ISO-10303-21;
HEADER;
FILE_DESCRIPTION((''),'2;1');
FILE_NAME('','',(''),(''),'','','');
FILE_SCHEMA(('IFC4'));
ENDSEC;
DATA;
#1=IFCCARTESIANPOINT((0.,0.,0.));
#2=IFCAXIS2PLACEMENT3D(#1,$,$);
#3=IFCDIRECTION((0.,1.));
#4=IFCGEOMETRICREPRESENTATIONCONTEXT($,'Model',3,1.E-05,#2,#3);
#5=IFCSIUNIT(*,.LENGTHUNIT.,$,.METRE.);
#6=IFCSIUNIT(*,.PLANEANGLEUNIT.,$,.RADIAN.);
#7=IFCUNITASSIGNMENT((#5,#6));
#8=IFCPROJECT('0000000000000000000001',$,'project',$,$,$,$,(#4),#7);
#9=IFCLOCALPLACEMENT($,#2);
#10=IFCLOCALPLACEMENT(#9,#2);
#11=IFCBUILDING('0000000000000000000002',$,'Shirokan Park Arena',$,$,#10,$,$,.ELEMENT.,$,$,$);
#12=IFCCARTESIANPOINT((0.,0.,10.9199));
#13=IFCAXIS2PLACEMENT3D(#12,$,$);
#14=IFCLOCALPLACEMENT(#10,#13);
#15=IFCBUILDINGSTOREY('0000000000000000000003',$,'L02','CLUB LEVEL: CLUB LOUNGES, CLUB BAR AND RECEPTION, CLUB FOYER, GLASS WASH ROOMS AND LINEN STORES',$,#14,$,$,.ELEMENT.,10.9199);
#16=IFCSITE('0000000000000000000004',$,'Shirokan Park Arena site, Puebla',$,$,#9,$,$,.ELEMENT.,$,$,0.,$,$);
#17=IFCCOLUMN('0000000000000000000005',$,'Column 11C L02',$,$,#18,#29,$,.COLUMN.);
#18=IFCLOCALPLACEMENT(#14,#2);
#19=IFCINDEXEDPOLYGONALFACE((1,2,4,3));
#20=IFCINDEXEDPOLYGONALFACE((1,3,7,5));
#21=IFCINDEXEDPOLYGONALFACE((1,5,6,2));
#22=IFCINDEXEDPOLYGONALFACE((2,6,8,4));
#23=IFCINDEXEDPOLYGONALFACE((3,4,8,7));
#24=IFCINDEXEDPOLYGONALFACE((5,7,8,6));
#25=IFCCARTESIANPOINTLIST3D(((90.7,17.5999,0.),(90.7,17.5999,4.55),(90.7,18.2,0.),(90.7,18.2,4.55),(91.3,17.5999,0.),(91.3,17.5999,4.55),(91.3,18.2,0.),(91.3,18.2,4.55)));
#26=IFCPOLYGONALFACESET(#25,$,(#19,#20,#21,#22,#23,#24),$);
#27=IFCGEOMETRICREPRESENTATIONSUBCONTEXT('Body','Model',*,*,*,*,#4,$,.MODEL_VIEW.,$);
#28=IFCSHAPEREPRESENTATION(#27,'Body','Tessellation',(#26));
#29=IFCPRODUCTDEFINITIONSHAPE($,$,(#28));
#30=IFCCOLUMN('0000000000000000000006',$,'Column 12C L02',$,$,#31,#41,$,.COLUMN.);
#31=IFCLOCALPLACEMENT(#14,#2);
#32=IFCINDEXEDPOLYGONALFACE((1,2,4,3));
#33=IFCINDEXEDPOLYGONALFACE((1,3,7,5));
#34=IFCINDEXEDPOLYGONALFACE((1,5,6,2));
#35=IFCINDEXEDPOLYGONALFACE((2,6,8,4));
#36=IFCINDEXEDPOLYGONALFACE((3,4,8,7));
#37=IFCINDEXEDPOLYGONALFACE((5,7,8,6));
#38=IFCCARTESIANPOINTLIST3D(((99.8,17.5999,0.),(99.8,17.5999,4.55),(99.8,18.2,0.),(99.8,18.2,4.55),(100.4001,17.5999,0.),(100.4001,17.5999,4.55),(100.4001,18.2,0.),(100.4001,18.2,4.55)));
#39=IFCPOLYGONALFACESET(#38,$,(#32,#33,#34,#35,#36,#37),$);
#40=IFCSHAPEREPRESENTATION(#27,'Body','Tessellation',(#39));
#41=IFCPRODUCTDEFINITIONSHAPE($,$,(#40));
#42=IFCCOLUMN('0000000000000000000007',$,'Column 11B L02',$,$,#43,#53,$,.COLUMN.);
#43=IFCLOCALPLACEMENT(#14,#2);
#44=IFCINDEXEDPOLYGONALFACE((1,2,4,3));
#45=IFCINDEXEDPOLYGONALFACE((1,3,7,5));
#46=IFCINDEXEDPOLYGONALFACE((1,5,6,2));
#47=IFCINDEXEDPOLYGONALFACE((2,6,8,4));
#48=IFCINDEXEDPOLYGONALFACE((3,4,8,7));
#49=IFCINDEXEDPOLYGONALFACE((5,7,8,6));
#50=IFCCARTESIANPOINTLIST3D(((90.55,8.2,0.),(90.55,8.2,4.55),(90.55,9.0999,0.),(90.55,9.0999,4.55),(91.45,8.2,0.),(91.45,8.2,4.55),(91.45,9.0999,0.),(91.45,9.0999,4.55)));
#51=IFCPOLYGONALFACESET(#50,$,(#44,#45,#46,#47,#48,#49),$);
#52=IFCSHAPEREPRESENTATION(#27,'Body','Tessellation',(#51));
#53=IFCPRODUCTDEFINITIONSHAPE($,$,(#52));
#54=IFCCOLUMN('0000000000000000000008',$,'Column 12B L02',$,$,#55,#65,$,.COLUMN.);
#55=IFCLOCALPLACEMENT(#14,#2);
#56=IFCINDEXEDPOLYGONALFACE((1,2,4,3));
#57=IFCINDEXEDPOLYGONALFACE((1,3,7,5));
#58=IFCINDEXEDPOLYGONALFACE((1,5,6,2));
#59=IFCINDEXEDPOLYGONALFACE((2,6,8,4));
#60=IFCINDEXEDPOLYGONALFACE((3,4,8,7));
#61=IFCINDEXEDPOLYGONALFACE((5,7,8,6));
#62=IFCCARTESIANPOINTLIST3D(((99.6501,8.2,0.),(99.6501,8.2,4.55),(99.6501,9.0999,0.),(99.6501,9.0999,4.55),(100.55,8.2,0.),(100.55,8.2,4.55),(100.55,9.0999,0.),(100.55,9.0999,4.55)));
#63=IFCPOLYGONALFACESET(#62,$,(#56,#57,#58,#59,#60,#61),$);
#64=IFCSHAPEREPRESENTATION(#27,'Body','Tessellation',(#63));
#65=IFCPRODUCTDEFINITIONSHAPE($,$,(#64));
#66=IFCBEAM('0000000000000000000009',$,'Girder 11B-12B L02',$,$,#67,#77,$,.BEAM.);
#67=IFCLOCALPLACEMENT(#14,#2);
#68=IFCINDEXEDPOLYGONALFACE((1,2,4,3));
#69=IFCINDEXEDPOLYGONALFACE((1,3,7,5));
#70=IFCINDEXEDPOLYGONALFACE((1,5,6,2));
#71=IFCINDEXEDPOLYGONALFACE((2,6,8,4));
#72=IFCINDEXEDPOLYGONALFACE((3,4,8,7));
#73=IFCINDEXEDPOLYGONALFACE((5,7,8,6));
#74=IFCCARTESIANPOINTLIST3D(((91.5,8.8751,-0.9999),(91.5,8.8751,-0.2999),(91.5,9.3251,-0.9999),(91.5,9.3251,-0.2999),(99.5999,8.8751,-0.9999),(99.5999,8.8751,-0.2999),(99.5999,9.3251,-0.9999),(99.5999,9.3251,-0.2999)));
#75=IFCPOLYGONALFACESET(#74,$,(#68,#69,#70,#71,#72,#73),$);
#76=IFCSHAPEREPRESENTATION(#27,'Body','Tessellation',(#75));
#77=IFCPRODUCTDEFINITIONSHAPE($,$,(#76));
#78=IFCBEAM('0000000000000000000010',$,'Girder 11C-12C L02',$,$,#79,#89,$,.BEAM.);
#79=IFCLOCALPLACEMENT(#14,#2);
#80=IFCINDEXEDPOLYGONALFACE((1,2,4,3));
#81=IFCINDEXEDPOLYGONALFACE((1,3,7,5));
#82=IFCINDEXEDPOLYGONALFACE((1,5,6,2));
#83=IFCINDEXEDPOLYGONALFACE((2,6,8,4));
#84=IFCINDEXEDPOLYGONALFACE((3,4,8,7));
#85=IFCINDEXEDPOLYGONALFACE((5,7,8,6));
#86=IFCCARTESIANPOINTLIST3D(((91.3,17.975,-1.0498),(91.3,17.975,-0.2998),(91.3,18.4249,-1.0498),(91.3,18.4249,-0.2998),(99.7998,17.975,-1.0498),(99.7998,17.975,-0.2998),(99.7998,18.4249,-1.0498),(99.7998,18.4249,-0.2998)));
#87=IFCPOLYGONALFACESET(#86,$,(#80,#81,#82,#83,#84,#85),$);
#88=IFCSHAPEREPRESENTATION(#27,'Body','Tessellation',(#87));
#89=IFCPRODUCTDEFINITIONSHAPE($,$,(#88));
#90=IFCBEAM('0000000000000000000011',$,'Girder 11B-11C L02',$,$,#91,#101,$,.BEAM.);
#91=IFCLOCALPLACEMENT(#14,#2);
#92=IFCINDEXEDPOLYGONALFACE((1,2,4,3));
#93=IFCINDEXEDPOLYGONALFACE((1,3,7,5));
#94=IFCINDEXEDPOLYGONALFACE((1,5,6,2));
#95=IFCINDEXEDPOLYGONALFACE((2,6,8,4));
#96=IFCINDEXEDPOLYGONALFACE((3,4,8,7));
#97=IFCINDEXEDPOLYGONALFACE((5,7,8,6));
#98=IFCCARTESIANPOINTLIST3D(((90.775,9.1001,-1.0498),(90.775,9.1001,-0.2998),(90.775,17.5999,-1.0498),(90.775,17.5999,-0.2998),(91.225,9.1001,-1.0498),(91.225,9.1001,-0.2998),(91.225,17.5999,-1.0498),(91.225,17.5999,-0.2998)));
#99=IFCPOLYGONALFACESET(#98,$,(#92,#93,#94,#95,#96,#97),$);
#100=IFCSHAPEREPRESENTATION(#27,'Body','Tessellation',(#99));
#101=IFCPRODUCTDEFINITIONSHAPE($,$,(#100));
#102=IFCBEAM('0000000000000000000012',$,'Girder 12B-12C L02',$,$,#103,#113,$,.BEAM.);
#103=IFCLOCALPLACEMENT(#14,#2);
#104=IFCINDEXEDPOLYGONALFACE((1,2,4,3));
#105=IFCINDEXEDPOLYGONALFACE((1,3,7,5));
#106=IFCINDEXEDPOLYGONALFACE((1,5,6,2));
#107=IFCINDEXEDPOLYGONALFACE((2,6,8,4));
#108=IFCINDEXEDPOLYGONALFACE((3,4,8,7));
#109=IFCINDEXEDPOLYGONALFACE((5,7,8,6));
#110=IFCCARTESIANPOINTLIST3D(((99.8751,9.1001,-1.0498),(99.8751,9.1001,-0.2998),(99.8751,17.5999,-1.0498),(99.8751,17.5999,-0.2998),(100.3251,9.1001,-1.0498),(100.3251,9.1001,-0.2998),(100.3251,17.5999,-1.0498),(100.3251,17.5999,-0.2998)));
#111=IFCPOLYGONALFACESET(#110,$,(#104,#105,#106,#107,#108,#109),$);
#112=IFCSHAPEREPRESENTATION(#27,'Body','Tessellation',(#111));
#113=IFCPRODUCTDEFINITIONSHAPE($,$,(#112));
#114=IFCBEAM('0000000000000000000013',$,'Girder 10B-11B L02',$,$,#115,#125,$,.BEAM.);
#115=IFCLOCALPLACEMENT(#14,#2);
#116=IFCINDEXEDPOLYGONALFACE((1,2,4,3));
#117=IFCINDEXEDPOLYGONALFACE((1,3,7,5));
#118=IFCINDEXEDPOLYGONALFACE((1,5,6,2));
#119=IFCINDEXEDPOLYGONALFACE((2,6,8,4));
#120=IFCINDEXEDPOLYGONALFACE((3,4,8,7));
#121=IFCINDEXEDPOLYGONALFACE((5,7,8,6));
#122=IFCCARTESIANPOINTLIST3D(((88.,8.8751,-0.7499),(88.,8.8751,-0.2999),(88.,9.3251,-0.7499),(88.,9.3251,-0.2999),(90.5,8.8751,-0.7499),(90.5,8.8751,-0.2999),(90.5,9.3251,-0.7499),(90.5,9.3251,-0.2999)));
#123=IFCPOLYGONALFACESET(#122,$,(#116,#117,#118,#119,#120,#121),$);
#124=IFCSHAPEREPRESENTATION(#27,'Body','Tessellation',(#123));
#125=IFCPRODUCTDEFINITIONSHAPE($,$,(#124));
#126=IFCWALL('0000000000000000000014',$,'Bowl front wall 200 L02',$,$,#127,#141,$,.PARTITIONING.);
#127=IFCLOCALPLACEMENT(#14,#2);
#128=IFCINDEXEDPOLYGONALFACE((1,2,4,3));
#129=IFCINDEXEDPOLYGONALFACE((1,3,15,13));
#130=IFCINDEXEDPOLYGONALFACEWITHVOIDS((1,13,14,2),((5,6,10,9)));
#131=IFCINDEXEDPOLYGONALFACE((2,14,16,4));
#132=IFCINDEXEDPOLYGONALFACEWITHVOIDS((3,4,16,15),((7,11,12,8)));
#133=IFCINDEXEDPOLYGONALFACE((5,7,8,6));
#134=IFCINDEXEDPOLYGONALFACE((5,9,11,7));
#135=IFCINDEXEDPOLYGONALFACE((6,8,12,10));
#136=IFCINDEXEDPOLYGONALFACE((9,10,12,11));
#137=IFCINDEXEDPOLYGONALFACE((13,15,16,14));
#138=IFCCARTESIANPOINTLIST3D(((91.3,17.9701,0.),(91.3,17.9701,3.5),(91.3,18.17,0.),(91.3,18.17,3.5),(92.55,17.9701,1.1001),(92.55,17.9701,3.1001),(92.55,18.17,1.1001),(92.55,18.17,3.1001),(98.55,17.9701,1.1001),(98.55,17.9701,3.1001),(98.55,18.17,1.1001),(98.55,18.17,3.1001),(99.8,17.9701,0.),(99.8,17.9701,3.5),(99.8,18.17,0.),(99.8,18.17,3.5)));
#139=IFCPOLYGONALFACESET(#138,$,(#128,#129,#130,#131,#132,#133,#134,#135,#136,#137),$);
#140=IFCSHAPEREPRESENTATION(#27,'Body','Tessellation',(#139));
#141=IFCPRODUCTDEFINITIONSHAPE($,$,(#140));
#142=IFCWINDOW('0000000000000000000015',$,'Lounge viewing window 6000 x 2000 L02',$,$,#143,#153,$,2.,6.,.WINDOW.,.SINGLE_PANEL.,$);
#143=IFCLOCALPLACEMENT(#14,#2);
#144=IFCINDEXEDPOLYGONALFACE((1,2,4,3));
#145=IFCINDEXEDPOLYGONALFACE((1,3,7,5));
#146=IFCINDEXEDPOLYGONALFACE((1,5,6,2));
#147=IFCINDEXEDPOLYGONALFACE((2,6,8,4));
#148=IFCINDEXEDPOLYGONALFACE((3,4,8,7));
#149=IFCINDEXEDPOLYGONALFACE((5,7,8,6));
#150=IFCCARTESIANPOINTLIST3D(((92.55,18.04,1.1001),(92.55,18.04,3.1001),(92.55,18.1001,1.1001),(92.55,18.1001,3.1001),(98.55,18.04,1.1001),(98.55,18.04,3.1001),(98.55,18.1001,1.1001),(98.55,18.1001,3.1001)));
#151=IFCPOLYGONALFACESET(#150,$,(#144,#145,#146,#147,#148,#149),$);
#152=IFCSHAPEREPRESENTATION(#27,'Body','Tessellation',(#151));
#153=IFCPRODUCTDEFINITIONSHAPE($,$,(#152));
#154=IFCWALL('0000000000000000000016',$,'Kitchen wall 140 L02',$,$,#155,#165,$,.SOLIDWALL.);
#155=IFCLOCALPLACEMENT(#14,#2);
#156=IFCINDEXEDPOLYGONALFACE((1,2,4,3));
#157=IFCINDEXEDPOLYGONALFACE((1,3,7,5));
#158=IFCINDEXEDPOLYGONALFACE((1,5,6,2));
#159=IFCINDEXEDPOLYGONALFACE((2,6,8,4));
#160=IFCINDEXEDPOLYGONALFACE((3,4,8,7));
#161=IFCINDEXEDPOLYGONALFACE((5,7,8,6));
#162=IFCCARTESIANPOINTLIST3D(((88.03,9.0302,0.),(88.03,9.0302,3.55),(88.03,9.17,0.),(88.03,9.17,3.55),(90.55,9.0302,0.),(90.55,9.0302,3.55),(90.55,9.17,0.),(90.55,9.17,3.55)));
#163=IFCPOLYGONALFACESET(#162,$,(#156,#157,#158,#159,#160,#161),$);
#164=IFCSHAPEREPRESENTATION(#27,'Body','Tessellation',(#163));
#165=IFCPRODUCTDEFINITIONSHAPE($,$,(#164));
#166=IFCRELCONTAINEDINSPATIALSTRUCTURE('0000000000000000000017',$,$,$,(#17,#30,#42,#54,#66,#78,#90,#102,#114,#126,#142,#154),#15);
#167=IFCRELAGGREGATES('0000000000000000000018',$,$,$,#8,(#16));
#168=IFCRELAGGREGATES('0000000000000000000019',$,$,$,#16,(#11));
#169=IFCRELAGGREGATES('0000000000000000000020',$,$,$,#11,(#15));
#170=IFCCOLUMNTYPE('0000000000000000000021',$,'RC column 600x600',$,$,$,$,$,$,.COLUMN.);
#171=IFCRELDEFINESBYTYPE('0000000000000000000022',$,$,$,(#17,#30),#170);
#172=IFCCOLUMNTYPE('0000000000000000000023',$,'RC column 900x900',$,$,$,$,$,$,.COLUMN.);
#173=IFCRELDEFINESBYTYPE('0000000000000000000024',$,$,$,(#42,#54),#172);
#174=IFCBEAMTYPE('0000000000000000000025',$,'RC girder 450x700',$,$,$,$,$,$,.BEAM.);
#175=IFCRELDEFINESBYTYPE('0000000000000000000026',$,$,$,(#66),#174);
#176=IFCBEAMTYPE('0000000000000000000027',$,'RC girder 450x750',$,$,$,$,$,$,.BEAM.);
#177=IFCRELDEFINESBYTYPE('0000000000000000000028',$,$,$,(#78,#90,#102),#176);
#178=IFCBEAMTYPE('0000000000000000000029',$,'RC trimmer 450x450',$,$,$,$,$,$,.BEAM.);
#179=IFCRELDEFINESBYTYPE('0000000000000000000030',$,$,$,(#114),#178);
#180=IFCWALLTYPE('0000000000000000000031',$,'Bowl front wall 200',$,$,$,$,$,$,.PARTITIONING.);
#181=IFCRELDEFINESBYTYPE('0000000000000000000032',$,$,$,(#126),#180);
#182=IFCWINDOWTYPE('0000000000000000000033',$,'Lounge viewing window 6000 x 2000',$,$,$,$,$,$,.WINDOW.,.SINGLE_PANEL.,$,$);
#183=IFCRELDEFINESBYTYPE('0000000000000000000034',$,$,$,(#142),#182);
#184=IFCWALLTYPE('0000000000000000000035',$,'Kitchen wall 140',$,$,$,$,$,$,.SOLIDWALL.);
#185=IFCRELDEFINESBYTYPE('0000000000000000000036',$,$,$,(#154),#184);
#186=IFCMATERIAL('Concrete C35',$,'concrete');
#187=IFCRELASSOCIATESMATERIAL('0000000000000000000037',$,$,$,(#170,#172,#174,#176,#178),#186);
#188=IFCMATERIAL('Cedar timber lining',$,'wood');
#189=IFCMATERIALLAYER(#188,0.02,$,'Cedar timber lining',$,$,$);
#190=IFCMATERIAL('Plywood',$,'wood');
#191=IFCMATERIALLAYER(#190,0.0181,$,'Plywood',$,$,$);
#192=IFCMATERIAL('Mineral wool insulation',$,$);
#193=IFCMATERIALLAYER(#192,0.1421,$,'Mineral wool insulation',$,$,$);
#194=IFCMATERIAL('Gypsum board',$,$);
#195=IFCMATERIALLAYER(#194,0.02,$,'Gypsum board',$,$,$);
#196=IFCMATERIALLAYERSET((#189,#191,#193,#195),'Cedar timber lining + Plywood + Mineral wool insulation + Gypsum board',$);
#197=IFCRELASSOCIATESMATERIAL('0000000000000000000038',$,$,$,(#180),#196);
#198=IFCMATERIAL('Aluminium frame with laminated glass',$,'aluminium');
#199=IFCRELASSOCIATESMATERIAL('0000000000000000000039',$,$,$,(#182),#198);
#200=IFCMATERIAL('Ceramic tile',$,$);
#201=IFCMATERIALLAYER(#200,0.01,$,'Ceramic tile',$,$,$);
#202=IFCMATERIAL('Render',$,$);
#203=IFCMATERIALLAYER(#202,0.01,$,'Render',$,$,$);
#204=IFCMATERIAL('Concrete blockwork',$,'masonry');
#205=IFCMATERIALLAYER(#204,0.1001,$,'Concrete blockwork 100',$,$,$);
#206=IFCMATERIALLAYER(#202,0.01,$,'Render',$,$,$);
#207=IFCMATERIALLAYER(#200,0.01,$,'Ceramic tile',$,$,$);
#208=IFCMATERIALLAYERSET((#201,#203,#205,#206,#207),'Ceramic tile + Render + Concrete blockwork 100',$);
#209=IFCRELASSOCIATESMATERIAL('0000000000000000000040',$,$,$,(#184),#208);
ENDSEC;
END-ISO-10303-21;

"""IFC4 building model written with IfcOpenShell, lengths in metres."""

from ifc_helpers import new_model, si_unit, direction, frame, frame_2d, origin, origin_2d, place, context, subcontext, project, spatial, rectangle, extrude, material, layer, layer_set, material_profile, profile_set, type_object, element, fill, save


model = new_model("IFC4")

# Units and contexts
model_context = context("Model", 3, precision=1e-05, world=origin(), true_north=direction((0.0, 1.0)))
body_context = subcontext(model_context, "Body", "Model", "MODEL_VIEW")
ifc_project = project(units=[si_unit("LENGTHUNIT", "METRE"), si_unit("PLANEANGLEUNIT", "RADIAN")], contexts=[model_context])

# Site, building, storey
site_placement = place(None, origin())
site = spatial("IfcSite", under=ifc_project, at=site_placement, Name="Shirokan Park Arena site, Puebla", CompositionType="ELEMENT", RefElevation=0.0)
building_placement = place(site_placement, origin())
building = spatial("IfcBuilding", under=site, at=building_placement, Name="Shirokan Park Arena", CompositionType="ELEMENT")
storey_placement = place(building_placement, frame((0.0, 0.0, 10.9199)))
storey = spatial("IfcBuildingStorey", under=building, at=storey_placement, Name="L02", Description="CLUB LEVEL: CLUB LOUNGES, CLUB BAR AND RECEPTION, CLUB FOYER, GLASS WASH ROOMS AND LINEN STORES", CompositionType="ELEMENT", Elevation=10.9199)

# Columns
ifc_material_1 = material(Name="Concrete C35", Category="concrete")
ifc_material_profile_1 = material_profile(ifc_material_1, rectangle(XDim=0.6001, YDim=0.6001, at=origin_2d()), Name="600x600")
ifc_profile_set_1 = profile_set([ifc_material_profile_1], Name="Concrete C35")
column_type_1 = type_object("IfcColumnType", Name="RC column 600x600", PredefinedType="COLUMN", material=ifc_profile_set_1)
for number, where, z_axis, x_axis, name in (
    (1, (91.0, 17.8999, 0.0), (0.0, 0.0, 1.0), (1.0, 0.0, 0.0), "Column 11C L02"),
    (2, (100.1001, 17.8999, 0.0), (0.0, 0.0, 1.0), (1.0, 0.0, 0.0), "Column 12C L02"),
):
    element("IfcColumn", number, at=place(storey_placement, frame(where, z_axis=z_axis, x_axis=x_axis)), inside=storey, type_object=column_type_1, Name=name, PredefinedType="COLUMN", context=body_context, shape_type="SweptSolid", body=[
        extrude(rectangle(XDim=0.6001, YDim=0.6001, at=origin_2d()), origin(), (0.0, 0.0, 1.0), 4.55),
    ])
ifc_material_profile_2 = material_profile(ifc_material_1, rectangle(XDim=0.8999, YDim=0.8999, at=origin_2d()), Name="900x900")
ifc_profile_set_2 = profile_set([ifc_material_profile_2], Name="Concrete C35")
column_type_2 = type_object("IfcColumnType", Name="RC column 900x900", PredefinedType="COLUMN", material=ifc_profile_set_2)
for number, where, z_axis, x_axis, name in (
    (3, (91.0, 8.6499, 0.0), (0.0, 0.0, 1.0), (1.0, 0.0, 0.0), "Column 11B L02"),
    (4, (100.1001, 8.6499, 0.0), (0.0, 0.0, 1.0), (1.0, 0.0, 0.0), "Column 12B L02"),
):
    element("IfcColumn", number, at=place(storey_placement, frame(where, z_axis=z_axis, x_axis=x_axis)), inside=storey, type_object=column_type_2, Name=name, PredefinedType="COLUMN", context=body_context, shape_type="SweptSolid", body=[
        extrude(rectangle(XDim=0.8999, YDim=0.8999, at=origin_2d()), origin(), (0.0, 0.0, 1.0), 4.55),
    ])

# Beams
ifc_material_profile_3 = material_profile(ifc_material_1, rectangle(XDim=0.45, YDim=0.7, at=origin_2d()), Name="450x700")
ifc_profile_set_3 = profile_set([ifc_material_profile_3], Name="Concrete C35")
beam_type_1 = type_object("IfcBeamType", Name="RC girder 450x700", PredefinedType="BEAM", material=ifc_profile_set_3)
beam_1_placement = place(storey_placement, frame((91.5, 9.1001, -0.6499), z_axis=(1.0, 0.0, 0.0), x_axis=(0.0, 1.0, 0.0)))
element("IfcBeam", 5, at=beam_1_placement, inside=storey, type_object=beam_type_1, Name="Girder 11B-12B L02", PredefinedType="BEAM", context=body_context, shape_type="SweptSolid", body=[
    extrude(rectangle(XDim=0.45, YDim=0.7, at=origin_2d()), origin(), (0.0, 0.0, 1.0), 8.0999),
])
ifc_material_profile_4 = material_profile(ifc_material_1, rectangle(XDim=0.45, YDim=0.75, at=origin_2d()), Name="450x750")
ifc_profile_set_4 = profile_set([ifc_material_profile_4], Name="Concrete C35")
beam_type_2 = type_object("IfcBeamType", Name="RC girder 450x750", PredefinedType="BEAM", material=ifc_profile_set_4)
for number, where, z_axis, x_axis, name in (
    (6, (91.3, 18.2, -0.6748), (1.0, 0.0, 0.0), (0.0, 1.0, 0.0), "Girder 11C-12C L02"),
    (7, (91.0, 9.1001, -0.6748), (0.0, 1.0, 0.0), (-1.0, 0.0, 0.0), "Girder 11B-11C L02"),
    (8, (100.1001, 9.1001, -0.6748), (0.0, 1.0, 0.0), (-1.0, 0.0, 0.0), "Girder 12B-12C L02"),
):
    element("IfcBeam", number, at=place(storey_placement, frame(where, z_axis=z_axis, x_axis=x_axis)), inside=storey, type_object=beam_type_2, Name=name, PredefinedType="BEAM", context=body_context, shape_type="SweptSolid", body=[
        extrude(rectangle(XDim=0.45, YDim=0.75, at=origin_2d()), origin(), (0.0, 0.0, 1.0), 8.4998),
    ])
ifc_material_profile_5 = material_profile(ifc_material_1, rectangle(XDim=0.45, YDim=0.45, at=origin_2d()), Name="450x450")
ifc_profile_set_5 = profile_set([ifc_material_profile_5], Name="Concrete C35")
beam_type_3 = type_object("IfcBeamType", Name="RC trimmer 450x450", PredefinedType="BEAM", material=ifc_profile_set_5)
beam_2_placement = place(storey_placement, frame((88.0, 9.1001, -0.5249), z_axis=(1.0, 0.0, 0.0), x_axis=(0.0, 1.0, 0.0)))
element("IfcBeam", 9, at=beam_2_placement, inside=storey, type_object=beam_type_3, Name="Girder 10B-11B L02", PredefinedType="BEAM", context=body_context, shape_type="SweptSolid", body=[
    extrude(rectangle(XDim=0.45, YDim=0.45, at=origin_2d()), origin(), (0.0, 0.0, 1.0), 2.5),
])

# Wall, opening, window
ifc_material_2 = material(Name="Cedar timber lining", Category="wood")
ifc_layer_1 = layer(ifc_material_2, 0.02, Name="Cedar timber lining")
ifc_material_3 = material(Name="Plywood", Category="wood")
ifc_layer_2 = layer(ifc_material_3, 0.0181, Name="Plywood")
ifc_material_4 = material(Name="Mineral wool insulation")
ifc_layer_3 = layer(ifc_material_4, 0.1421, Name="Mineral wool insulation")
ifc_material_5 = material(Name="Gypsum board")
ifc_layer_4 = layer(ifc_material_5, 0.02, Name="Gypsum board")
ifc_layer_set_1 = layer_set([ifc_layer_1, ifc_layer_2, ifc_layer_3, ifc_layer_4], Name="Cedar timber lining + Plywood + Mineral wool insulation + Gypsum board")
wall_type_1 = type_object("IfcWallType", Name="Bowl front wall 200", PredefinedType="PARTITIONING", material=ifc_layer_set_1)
wall_1_placement = place(storey_placement, frame((91.3, 18.0701, 0.0), z_axis=(0.0, 0.0, 1.0), x_axis=(1.0, 0.0, 0.0)))
wall_1 = element("IfcWall", 10, at=wall_1_placement, inside=storey, type_object=wall_type_1, Name="Bowl front wall 200 L02", PredefinedType="PARTITIONING", context=body_context, shape_type="SweptSolid", body=[
    extrude(rectangle(XDim=8.5, YDim=0.2, at=frame_2d((4.25, 0.0))), origin(), (0.0, 0.0, 1.0), 3.5),
])
opening_1_placement = place(wall_1_placement, frame((1.25, 0.0, 1.1001)))
opening_1 = element("IfcOpeningElement", 11, at=opening_1_placement, cuts=wall_1, PredefinedType="OPENING", context=body_context, shape_type="SweptSolid", body=[
    extrude(rectangle(XDim=6.0, YDim=2.0, at=frame_2d((3.0, 1.0))), frame((0.0, 0.1099, 0.0), z_axis=(0.0, -1.0, 0.0), x_axis=(1.0, 0.0, 0.0)), (0.0, 0.0, 1.0), 0.22),
])
ifc_material_6 = material(Name="Aluminium frame with laminated glass", Category="aluminium")
window_type = type_object("IfcWindowType", Name="Lounge viewing window 6000 x 2000", PartitioningType="SINGLE_PANEL", PredefinedType="WINDOW", material=ifc_material_6)
window_placement = place(opening_1_placement, origin())
window = element("IfcWindow", 12, at=window_placement, inside=storey, type_object=window_type, Name="Lounge viewing window 6000 x 2000 L02", OverallHeight=2.0, OverallWidth=6.0, PartitioningType="SINGLE_PANEL", PredefinedType="WINDOW", context=body_context, shape_type="SweptSolid", body=[
    extrude(rectangle(XDim=6.0, YDim=2.0, at=frame_2d((3.0, 1.0))), frame((0.0, 0.03, 0.0), z_axis=(0.0, -1.0, 0.0), x_axis=(1.0, 0.0, 0.0)), (0.0, 0.0, 1.0), 0.0601),
])
fill(opening_1, window)

# Wall
ifc_material_7 = material(Name="Ceramic tile")
ifc_layer_5 = layer(ifc_material_7, 0.01, Name="Ceramic tile")
ifc_material_8 = material(Name="Render")
ifc_layer_6 = layer(ifc_material_8, 0.01, Name="Render")
ifc_material_9 = material(Name="Concrete blockwork", Category="masonry")
ifc_layer_7 = layer(ifc_material_9, 0.1001, Name="Concrete blockwork 100")
ifc_layer_8 = layer(ifc_material_8, 0.01, Name="Render")
ifc_layer_9 = layer(ifc_material_7, 0.01, Name="Ceramic tile")
ifc_layer_set_2 = layer_set([ifc_layer_5, ifc_layer_6, ifc_layer_7, ifc_layer_8, ifc_layer_9], Name="Ceramic tile + Render + Concrete blockwork 100")
wall_type_2 = type_object("IfcWallType", Name="Kitchen wall 140", PredefinedType="SOLIDWALL", material=ifc_layer_set_2)
wall_2_placement = place(storey_placement, frame((90.55, 9.1001, 0.0), z_axis=(0.0, 0.0, 1.0), x_axis=(-1.0, 0.0, 0.0)))
element("IfcWall", 13, at=wall_2_placement, inside=storey, type_object=wall_type_2, Name="Kitchen wall 140 L02", PredefinedType="SOLIDWALL", context=body_context, shape_type="SweptSolid", body=[
    extrude(rectangle(XDim=2.52, YDim=0.1399, at=frame_2d((1.26, 0.0))), origin(), (0.0, 0.0, 1.0), 3.55),
])

save(model, "model.ifc")
